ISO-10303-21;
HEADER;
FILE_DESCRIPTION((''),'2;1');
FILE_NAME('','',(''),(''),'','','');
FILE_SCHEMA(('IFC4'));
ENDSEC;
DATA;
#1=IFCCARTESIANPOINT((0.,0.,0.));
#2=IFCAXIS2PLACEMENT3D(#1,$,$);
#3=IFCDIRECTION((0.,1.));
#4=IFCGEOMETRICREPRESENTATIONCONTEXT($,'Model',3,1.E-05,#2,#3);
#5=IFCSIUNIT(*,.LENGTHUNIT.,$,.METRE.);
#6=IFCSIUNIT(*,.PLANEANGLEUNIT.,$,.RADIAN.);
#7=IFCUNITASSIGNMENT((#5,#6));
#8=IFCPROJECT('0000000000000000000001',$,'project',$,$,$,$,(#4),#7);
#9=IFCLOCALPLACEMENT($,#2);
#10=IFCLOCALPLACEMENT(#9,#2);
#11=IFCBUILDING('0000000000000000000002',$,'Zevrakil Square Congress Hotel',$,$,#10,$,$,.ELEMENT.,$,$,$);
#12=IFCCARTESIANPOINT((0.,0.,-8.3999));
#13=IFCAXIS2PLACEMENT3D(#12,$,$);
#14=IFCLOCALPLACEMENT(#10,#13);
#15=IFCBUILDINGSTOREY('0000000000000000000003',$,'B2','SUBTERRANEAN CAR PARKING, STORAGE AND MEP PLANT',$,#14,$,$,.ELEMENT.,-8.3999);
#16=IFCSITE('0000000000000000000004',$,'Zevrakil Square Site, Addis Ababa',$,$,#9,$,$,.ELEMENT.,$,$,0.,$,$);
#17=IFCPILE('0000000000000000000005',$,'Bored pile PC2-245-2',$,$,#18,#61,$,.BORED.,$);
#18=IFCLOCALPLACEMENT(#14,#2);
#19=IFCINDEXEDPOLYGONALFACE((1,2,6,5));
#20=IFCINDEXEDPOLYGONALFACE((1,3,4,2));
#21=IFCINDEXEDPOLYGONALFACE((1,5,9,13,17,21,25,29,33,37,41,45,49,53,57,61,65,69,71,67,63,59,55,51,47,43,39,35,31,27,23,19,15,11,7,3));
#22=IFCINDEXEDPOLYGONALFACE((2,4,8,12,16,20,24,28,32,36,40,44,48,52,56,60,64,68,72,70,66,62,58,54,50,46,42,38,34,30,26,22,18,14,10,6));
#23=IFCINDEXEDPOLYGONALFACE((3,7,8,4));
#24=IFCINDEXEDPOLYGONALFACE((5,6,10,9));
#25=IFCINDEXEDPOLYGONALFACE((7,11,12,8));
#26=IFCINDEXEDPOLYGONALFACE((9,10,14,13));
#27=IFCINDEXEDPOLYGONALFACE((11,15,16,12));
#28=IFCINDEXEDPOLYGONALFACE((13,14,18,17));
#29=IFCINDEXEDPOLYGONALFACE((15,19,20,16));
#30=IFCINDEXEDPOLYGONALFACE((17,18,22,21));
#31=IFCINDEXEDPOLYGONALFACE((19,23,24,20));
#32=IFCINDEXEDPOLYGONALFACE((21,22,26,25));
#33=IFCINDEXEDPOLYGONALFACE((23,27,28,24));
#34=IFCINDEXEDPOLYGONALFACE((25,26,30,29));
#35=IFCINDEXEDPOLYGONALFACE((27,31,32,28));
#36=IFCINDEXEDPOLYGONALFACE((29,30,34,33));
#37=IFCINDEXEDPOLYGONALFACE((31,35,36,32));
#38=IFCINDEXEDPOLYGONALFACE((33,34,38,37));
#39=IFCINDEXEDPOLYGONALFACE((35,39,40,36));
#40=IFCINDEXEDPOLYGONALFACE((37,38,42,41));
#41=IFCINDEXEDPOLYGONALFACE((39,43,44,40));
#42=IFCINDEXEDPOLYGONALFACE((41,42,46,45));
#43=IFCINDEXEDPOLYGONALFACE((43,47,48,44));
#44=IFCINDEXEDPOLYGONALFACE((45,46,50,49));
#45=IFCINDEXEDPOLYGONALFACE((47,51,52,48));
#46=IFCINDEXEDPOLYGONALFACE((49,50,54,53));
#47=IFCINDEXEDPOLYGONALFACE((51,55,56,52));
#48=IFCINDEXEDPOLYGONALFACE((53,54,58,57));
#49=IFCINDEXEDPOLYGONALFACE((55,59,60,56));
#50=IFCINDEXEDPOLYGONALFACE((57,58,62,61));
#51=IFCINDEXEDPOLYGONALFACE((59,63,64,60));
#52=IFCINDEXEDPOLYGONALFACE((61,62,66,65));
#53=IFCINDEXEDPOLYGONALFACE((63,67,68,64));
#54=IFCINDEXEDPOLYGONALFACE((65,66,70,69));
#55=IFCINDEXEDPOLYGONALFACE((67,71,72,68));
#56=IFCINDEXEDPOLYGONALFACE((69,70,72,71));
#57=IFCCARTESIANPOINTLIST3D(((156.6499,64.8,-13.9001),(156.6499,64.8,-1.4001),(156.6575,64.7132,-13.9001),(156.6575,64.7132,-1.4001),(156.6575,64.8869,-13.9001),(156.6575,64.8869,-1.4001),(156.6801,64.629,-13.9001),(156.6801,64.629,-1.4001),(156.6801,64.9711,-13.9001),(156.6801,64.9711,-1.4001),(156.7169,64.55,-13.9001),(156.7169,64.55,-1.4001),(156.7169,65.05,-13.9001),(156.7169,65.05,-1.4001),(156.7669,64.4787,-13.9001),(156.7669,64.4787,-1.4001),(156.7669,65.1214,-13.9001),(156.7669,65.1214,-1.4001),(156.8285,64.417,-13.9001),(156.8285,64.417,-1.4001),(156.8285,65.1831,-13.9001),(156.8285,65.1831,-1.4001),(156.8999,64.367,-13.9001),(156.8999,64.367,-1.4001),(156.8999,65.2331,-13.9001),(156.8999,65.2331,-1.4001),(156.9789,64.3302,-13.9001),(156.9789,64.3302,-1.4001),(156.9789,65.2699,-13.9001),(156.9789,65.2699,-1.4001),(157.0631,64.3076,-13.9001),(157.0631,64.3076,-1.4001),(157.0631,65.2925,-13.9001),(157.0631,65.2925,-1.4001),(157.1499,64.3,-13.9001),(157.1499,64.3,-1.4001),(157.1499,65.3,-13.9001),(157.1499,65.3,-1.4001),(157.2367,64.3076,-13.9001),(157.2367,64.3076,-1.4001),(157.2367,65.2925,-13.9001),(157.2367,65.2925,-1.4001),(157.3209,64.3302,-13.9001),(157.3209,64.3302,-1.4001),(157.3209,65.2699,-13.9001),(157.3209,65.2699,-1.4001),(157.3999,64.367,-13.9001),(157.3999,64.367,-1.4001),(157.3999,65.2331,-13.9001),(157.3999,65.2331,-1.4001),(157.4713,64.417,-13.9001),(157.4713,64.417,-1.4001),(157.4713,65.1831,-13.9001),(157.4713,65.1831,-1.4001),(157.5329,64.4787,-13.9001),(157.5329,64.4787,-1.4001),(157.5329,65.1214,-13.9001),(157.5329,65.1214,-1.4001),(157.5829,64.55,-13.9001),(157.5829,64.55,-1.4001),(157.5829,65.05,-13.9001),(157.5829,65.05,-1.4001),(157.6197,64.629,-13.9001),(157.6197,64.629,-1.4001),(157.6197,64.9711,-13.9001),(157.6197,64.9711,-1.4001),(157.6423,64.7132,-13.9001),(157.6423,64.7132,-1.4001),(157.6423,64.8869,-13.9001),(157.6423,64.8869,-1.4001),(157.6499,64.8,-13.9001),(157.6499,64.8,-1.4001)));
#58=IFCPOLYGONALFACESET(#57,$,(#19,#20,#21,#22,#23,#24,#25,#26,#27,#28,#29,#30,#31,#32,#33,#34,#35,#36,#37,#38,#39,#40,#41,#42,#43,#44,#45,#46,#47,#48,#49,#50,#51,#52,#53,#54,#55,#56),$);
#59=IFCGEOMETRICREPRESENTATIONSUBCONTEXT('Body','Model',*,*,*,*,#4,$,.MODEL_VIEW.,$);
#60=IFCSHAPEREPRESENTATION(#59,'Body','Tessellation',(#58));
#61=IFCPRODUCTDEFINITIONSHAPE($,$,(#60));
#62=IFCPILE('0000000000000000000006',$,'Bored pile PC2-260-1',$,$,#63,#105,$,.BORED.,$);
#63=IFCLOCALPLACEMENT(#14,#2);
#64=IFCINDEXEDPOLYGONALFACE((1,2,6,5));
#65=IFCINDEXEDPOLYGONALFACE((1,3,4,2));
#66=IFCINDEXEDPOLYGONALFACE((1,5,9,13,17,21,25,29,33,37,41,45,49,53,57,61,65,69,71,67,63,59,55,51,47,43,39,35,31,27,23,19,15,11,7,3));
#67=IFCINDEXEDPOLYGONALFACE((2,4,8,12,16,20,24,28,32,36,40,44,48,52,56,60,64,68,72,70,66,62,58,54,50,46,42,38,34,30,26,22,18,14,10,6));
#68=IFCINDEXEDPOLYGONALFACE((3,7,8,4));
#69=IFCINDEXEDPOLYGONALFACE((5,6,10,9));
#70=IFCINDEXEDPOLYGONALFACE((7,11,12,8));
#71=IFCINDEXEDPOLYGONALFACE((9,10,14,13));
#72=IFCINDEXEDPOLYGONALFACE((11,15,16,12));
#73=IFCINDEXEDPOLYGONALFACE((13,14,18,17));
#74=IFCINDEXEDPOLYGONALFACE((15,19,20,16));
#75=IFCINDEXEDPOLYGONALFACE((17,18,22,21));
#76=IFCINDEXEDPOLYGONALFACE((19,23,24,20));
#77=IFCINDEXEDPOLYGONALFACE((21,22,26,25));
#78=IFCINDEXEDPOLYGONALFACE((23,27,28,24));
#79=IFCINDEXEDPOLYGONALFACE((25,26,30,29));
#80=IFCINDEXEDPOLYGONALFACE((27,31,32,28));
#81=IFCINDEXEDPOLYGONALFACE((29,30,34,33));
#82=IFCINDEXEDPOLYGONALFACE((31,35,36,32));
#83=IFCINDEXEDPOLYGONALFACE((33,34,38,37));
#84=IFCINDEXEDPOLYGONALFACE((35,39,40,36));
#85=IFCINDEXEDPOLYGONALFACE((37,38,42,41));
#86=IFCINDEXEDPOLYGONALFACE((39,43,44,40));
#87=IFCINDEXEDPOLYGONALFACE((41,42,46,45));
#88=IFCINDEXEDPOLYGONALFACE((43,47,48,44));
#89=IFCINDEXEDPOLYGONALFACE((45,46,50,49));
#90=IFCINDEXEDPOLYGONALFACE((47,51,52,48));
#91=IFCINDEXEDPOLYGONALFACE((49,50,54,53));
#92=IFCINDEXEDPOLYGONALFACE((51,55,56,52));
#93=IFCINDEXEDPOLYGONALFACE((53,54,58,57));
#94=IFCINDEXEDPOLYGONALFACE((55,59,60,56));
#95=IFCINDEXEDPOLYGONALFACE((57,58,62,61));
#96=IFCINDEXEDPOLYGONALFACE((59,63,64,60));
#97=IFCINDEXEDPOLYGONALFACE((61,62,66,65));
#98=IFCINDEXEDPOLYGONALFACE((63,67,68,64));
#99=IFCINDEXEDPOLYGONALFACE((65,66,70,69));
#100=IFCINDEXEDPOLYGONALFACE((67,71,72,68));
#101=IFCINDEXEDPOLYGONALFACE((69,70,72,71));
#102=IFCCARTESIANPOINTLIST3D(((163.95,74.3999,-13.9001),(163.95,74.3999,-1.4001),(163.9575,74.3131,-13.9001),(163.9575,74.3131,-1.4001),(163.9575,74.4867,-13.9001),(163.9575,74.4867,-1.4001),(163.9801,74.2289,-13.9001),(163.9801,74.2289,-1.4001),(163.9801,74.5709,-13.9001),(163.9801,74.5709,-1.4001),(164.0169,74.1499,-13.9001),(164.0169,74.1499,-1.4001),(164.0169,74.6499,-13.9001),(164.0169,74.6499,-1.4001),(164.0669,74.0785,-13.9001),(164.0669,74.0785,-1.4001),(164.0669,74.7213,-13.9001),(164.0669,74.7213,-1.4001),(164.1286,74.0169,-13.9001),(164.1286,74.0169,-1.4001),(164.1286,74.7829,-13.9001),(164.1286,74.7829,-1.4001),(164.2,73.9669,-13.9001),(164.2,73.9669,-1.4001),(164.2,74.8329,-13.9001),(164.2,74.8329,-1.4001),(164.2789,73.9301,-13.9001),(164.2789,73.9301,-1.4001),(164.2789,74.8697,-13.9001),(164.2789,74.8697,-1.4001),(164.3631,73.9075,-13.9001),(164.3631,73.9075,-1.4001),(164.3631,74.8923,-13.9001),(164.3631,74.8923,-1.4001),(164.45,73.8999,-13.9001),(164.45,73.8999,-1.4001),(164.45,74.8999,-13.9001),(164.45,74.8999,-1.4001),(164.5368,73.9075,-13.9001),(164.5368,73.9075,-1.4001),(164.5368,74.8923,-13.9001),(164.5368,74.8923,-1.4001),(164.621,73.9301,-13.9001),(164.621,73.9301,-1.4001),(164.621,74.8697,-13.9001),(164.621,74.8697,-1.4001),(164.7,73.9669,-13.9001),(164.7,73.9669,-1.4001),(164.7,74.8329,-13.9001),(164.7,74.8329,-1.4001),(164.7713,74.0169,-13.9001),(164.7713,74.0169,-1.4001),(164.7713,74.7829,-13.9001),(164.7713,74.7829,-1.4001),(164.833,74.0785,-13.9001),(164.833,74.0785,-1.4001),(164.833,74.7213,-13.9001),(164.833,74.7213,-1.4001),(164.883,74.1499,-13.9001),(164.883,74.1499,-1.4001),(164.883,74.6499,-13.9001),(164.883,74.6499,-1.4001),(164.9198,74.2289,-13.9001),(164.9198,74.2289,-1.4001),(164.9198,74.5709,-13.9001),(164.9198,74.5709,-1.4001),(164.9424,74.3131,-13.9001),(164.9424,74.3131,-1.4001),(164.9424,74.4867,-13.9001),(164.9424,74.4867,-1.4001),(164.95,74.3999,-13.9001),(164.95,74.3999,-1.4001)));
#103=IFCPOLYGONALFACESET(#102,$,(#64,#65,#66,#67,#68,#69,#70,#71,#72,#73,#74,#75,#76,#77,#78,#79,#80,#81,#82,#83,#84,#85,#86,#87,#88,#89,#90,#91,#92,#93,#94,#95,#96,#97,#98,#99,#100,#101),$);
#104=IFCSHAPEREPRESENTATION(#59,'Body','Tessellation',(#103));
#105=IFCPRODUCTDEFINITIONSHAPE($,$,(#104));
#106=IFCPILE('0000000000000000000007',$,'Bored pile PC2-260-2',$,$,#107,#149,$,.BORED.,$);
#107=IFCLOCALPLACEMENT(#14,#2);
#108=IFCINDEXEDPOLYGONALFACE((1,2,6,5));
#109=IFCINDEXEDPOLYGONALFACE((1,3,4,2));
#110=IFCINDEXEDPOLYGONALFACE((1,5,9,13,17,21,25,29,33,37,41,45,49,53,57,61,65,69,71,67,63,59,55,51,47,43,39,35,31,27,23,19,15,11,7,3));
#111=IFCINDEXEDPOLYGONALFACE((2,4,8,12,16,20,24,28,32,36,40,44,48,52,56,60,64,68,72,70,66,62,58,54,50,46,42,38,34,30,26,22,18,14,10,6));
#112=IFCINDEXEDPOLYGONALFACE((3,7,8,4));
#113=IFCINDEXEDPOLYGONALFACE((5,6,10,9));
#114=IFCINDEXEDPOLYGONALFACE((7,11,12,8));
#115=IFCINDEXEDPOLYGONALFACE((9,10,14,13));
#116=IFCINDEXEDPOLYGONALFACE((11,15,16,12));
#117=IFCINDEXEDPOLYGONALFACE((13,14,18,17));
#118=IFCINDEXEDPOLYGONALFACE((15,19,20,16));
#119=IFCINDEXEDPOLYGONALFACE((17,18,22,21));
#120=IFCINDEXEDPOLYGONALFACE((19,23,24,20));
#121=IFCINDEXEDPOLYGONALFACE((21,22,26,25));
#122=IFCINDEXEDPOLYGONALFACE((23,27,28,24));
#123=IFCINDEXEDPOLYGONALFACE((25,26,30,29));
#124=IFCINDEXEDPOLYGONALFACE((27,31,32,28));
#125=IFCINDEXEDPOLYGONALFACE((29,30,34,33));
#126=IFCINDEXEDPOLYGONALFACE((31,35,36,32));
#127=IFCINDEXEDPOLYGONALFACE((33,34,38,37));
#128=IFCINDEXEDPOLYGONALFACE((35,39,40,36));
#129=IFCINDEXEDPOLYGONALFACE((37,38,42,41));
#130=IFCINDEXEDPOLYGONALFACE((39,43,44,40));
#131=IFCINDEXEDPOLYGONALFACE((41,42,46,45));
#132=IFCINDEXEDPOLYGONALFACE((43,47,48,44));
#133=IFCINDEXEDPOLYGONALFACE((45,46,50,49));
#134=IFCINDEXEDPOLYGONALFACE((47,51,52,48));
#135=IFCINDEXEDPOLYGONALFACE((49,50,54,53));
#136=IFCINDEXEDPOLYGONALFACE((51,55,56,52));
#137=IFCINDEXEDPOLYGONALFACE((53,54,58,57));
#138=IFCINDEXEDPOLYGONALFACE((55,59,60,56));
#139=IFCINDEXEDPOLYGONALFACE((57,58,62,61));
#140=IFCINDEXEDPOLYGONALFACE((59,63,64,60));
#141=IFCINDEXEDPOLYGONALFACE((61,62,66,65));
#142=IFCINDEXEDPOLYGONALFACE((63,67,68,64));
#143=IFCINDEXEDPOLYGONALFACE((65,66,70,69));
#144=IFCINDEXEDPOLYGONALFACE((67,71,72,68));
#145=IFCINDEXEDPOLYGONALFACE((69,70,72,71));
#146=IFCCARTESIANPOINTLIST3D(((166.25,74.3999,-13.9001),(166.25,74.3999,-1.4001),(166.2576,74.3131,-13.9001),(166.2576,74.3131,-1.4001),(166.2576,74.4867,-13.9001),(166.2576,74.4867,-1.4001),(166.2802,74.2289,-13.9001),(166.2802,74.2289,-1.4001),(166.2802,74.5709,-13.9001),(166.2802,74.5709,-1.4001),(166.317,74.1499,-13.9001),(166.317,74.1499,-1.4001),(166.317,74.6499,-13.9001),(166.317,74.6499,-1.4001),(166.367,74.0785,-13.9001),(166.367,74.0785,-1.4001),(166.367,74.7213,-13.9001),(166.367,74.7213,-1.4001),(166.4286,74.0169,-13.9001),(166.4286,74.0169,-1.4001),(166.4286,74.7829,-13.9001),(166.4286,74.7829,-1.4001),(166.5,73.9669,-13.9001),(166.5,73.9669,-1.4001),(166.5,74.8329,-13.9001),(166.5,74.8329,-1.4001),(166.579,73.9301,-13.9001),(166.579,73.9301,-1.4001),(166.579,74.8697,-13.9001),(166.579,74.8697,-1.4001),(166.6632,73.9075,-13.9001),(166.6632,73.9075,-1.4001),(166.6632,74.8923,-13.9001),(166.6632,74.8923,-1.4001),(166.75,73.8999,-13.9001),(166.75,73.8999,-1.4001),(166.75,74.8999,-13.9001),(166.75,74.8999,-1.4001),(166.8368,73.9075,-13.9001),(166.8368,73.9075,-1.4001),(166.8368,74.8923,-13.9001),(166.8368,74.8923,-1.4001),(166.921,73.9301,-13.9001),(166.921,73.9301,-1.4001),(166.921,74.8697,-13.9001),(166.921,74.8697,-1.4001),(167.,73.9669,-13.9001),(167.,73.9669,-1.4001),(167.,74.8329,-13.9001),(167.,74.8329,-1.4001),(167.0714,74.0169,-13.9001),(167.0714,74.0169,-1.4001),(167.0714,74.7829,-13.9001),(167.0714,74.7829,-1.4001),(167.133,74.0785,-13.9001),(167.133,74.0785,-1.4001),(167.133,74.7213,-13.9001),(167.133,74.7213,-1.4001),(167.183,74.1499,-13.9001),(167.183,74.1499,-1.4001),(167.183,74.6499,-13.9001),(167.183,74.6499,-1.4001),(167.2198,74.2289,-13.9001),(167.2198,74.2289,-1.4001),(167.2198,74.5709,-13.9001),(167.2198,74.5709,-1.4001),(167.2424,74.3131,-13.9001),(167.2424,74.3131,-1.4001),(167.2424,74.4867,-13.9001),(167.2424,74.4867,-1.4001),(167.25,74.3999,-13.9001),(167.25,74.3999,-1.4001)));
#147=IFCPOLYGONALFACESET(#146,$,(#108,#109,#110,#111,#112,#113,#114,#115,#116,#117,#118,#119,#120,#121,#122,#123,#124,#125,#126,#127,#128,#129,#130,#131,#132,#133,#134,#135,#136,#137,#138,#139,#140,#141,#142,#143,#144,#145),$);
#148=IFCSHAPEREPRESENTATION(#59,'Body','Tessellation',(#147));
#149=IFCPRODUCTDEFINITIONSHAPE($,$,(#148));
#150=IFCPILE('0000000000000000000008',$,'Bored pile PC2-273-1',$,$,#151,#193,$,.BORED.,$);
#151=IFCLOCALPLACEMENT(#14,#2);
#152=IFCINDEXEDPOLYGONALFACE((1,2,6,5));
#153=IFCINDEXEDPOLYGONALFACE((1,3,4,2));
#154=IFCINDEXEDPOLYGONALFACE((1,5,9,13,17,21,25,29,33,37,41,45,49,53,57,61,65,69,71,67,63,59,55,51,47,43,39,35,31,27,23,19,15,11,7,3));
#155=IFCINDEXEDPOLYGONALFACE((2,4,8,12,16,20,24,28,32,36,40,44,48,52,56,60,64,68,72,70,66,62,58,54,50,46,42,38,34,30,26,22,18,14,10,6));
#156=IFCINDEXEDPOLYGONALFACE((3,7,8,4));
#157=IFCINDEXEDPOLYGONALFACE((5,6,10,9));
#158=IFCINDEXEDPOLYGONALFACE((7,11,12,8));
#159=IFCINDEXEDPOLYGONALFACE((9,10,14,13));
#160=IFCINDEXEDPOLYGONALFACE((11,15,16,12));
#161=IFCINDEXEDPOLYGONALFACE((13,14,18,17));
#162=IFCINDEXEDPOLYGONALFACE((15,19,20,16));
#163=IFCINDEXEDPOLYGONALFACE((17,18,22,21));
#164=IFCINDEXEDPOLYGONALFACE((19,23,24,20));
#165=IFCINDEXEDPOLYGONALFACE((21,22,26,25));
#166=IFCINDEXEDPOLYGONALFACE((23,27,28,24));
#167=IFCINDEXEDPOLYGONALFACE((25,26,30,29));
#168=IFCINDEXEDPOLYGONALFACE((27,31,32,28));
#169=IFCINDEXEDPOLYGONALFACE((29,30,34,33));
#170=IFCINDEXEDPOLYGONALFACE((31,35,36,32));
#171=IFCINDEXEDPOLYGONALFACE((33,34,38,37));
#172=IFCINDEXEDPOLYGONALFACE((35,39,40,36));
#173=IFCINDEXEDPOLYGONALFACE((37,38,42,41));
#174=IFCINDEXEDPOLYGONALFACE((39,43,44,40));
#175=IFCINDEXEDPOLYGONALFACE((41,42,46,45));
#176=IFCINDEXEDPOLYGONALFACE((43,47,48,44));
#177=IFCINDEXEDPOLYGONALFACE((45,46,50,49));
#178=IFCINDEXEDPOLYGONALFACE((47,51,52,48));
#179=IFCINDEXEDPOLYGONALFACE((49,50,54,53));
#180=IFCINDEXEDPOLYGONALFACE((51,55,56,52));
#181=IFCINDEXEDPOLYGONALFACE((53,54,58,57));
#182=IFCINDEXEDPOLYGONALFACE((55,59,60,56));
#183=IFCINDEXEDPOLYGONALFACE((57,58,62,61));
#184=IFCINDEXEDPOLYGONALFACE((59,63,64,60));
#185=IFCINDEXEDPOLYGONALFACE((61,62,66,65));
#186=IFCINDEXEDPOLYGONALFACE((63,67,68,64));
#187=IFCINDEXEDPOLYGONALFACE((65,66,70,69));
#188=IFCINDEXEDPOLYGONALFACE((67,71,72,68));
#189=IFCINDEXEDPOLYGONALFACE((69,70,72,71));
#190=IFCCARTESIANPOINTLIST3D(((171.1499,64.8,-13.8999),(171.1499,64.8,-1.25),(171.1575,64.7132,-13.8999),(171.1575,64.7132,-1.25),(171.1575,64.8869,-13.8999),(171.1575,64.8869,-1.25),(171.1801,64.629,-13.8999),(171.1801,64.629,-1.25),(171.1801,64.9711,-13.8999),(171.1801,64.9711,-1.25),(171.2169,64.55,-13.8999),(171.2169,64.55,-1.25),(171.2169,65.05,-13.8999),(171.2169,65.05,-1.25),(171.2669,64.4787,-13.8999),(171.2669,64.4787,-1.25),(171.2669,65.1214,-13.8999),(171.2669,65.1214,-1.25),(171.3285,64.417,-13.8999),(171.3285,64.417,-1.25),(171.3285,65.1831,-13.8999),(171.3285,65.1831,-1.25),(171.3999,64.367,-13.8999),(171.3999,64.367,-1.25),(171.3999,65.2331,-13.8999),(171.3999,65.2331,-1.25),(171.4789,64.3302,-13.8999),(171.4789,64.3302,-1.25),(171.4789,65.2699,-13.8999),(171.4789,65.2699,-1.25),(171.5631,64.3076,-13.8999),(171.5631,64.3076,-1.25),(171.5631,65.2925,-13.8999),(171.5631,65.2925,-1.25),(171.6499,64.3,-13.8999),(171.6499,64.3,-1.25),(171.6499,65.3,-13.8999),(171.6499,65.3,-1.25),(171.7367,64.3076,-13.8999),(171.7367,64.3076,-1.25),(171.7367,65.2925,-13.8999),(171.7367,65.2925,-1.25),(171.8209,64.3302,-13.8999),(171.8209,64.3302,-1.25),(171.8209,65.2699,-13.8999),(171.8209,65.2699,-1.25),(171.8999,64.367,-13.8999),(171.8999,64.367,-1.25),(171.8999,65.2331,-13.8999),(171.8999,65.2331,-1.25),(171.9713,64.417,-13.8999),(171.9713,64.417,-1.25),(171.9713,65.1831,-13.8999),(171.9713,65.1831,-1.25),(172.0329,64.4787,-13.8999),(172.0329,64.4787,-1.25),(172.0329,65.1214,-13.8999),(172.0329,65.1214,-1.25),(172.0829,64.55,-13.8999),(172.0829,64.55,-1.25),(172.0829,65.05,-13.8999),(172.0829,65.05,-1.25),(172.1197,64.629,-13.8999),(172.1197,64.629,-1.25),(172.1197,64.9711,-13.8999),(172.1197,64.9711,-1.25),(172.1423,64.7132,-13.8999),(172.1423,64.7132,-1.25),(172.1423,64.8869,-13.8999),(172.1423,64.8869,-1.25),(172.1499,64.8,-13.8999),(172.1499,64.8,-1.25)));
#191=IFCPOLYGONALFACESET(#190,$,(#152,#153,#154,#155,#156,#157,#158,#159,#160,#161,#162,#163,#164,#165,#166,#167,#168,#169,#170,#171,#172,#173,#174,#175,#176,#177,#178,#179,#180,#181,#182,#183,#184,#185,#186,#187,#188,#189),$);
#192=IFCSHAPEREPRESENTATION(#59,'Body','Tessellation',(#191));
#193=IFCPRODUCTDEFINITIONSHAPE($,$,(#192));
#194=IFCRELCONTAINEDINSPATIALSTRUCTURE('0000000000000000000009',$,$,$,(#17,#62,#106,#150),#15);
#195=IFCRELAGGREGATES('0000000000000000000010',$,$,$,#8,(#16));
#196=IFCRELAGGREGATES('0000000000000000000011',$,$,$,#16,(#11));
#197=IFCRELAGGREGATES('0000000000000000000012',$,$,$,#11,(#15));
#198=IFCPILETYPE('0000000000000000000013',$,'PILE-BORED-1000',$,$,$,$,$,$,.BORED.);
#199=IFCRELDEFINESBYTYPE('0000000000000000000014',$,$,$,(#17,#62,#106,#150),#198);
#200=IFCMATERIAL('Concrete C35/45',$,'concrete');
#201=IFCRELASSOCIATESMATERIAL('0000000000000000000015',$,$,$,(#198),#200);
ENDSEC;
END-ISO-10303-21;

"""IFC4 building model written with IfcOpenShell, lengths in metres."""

from ifc_helpers import new_model, si_unit, direction, frame, origin, origin_2d, place, context, subcontext, project, spatial, circle, extrude, material, material_profile, profile_set, type_object, element, save


model = new_model("IFC4")

# Units and contexts
model_context = context("Model", 3, precision=1e-05, world=origin(), true_north=direction((0.0, 1.0)))
body_context = subcontext(model_context, "Body", "Model", "MODEL_VIEW")
ifc_project = project(units=[si_unit("LENGTHUNIT", "METRE"), si_unit("PLANEANGLEUNIT", "RADIAN")], contexts=[model_context])

# Site, building, storey
site_placement = place(None, origin())
site = spatial("IfcSite", under=ifc_project, at=site_placement, Name="Zevrakil Square Site, Addis Ababa", CompositionType="ELEMENT", RefElevation=0.0)
building_placement = place(site_placement, origin())
building = spatial("IfcBuilding", under=site, at=building_placement, Name="Zevrakil Square Congress Hotel", CompositionType="ELEMENT")
storey_placement = place(building_placement, frame((0.0, 0.0, -8.3999)))
storey = spatial("IfcBuildingStorey", under=building, at=storey_placement, Name="B2", Description="SUBTERRANEAN CAR PARKING, STORAGE AND MEP PLANT", CompositionType="ELEMENT", Elevation=-8.3999)

# Piles
ifc_material_1 = material(Name="Concrete C35/45", Category="concrete")
ifc_material_profile_1 = material_profile(ifc_material_1, circle(Radius=0.5, at=origin_2d()), Name="PILE D1000")
ifc_profile_set_1 = profile_set([ifc_material_profile_1], Name="Concrete C35/45")
pile_type_1 = type_object("IfcPileType", Name="PILE-BORED-1000", PredefinedType="BORED", material=ifc_profile_set_1)
for number, where, z_axis, x_axis, name in (
    (1, (157.1499, 64.8, -1.4001), (0.0, 0.0, -1.0), (1.0, 0.0, 0.0), "Bored pile PC2-245-2"),
    (2, (164.45, 74.3999, -1.4001), (0.0, 0.0, -1.0), (1.0, 0.0, 0.0), "Bored pile PC2-260-1"),
    (3, (166.75, 74.3999, -1.4001), (0.0, 0.0, -1.0), (1.0, 0.0, 0.0), "Bored pile PC2-260-2"),
):
    element("IfcPile", number, at=place(storey_placement, frame(where, z_axis=z_axis, x_axis=x_axis)), inside=storey, type_object=pile_type_1, Name=name, PredefinedType="BORED", context=body_context, shape_type="SweptSolid", body=[
        extrude(circle(Radius=0.5, at=origin_2d()), origin(), (0.0, 0.0, 1.0), 12.5),
    ])
for number, where, z_axis, x_axis, name in (
    (4, (171.6499, 64.8, -1.25), (0.0, 0.0, -1.0), (1.0, 0.0, 0.0), "Bored pile PC2-273-1"),
):
    element("IfcPile", number, at=place(storey_placement, frame(where, z_axis=z_axis, x_axis=x_axis)), inside=storey, type_object=pile_type_1, Name=name, PredefinedType="BORED", context=body_context, shape_type="SweptSolid", body=[
        extrude(circle(Radius=0.5, at=origin_2d()), origin(), (0.0, 0.0, 1.0), 12.6499),
    ])

save(model, "model.ifc")
